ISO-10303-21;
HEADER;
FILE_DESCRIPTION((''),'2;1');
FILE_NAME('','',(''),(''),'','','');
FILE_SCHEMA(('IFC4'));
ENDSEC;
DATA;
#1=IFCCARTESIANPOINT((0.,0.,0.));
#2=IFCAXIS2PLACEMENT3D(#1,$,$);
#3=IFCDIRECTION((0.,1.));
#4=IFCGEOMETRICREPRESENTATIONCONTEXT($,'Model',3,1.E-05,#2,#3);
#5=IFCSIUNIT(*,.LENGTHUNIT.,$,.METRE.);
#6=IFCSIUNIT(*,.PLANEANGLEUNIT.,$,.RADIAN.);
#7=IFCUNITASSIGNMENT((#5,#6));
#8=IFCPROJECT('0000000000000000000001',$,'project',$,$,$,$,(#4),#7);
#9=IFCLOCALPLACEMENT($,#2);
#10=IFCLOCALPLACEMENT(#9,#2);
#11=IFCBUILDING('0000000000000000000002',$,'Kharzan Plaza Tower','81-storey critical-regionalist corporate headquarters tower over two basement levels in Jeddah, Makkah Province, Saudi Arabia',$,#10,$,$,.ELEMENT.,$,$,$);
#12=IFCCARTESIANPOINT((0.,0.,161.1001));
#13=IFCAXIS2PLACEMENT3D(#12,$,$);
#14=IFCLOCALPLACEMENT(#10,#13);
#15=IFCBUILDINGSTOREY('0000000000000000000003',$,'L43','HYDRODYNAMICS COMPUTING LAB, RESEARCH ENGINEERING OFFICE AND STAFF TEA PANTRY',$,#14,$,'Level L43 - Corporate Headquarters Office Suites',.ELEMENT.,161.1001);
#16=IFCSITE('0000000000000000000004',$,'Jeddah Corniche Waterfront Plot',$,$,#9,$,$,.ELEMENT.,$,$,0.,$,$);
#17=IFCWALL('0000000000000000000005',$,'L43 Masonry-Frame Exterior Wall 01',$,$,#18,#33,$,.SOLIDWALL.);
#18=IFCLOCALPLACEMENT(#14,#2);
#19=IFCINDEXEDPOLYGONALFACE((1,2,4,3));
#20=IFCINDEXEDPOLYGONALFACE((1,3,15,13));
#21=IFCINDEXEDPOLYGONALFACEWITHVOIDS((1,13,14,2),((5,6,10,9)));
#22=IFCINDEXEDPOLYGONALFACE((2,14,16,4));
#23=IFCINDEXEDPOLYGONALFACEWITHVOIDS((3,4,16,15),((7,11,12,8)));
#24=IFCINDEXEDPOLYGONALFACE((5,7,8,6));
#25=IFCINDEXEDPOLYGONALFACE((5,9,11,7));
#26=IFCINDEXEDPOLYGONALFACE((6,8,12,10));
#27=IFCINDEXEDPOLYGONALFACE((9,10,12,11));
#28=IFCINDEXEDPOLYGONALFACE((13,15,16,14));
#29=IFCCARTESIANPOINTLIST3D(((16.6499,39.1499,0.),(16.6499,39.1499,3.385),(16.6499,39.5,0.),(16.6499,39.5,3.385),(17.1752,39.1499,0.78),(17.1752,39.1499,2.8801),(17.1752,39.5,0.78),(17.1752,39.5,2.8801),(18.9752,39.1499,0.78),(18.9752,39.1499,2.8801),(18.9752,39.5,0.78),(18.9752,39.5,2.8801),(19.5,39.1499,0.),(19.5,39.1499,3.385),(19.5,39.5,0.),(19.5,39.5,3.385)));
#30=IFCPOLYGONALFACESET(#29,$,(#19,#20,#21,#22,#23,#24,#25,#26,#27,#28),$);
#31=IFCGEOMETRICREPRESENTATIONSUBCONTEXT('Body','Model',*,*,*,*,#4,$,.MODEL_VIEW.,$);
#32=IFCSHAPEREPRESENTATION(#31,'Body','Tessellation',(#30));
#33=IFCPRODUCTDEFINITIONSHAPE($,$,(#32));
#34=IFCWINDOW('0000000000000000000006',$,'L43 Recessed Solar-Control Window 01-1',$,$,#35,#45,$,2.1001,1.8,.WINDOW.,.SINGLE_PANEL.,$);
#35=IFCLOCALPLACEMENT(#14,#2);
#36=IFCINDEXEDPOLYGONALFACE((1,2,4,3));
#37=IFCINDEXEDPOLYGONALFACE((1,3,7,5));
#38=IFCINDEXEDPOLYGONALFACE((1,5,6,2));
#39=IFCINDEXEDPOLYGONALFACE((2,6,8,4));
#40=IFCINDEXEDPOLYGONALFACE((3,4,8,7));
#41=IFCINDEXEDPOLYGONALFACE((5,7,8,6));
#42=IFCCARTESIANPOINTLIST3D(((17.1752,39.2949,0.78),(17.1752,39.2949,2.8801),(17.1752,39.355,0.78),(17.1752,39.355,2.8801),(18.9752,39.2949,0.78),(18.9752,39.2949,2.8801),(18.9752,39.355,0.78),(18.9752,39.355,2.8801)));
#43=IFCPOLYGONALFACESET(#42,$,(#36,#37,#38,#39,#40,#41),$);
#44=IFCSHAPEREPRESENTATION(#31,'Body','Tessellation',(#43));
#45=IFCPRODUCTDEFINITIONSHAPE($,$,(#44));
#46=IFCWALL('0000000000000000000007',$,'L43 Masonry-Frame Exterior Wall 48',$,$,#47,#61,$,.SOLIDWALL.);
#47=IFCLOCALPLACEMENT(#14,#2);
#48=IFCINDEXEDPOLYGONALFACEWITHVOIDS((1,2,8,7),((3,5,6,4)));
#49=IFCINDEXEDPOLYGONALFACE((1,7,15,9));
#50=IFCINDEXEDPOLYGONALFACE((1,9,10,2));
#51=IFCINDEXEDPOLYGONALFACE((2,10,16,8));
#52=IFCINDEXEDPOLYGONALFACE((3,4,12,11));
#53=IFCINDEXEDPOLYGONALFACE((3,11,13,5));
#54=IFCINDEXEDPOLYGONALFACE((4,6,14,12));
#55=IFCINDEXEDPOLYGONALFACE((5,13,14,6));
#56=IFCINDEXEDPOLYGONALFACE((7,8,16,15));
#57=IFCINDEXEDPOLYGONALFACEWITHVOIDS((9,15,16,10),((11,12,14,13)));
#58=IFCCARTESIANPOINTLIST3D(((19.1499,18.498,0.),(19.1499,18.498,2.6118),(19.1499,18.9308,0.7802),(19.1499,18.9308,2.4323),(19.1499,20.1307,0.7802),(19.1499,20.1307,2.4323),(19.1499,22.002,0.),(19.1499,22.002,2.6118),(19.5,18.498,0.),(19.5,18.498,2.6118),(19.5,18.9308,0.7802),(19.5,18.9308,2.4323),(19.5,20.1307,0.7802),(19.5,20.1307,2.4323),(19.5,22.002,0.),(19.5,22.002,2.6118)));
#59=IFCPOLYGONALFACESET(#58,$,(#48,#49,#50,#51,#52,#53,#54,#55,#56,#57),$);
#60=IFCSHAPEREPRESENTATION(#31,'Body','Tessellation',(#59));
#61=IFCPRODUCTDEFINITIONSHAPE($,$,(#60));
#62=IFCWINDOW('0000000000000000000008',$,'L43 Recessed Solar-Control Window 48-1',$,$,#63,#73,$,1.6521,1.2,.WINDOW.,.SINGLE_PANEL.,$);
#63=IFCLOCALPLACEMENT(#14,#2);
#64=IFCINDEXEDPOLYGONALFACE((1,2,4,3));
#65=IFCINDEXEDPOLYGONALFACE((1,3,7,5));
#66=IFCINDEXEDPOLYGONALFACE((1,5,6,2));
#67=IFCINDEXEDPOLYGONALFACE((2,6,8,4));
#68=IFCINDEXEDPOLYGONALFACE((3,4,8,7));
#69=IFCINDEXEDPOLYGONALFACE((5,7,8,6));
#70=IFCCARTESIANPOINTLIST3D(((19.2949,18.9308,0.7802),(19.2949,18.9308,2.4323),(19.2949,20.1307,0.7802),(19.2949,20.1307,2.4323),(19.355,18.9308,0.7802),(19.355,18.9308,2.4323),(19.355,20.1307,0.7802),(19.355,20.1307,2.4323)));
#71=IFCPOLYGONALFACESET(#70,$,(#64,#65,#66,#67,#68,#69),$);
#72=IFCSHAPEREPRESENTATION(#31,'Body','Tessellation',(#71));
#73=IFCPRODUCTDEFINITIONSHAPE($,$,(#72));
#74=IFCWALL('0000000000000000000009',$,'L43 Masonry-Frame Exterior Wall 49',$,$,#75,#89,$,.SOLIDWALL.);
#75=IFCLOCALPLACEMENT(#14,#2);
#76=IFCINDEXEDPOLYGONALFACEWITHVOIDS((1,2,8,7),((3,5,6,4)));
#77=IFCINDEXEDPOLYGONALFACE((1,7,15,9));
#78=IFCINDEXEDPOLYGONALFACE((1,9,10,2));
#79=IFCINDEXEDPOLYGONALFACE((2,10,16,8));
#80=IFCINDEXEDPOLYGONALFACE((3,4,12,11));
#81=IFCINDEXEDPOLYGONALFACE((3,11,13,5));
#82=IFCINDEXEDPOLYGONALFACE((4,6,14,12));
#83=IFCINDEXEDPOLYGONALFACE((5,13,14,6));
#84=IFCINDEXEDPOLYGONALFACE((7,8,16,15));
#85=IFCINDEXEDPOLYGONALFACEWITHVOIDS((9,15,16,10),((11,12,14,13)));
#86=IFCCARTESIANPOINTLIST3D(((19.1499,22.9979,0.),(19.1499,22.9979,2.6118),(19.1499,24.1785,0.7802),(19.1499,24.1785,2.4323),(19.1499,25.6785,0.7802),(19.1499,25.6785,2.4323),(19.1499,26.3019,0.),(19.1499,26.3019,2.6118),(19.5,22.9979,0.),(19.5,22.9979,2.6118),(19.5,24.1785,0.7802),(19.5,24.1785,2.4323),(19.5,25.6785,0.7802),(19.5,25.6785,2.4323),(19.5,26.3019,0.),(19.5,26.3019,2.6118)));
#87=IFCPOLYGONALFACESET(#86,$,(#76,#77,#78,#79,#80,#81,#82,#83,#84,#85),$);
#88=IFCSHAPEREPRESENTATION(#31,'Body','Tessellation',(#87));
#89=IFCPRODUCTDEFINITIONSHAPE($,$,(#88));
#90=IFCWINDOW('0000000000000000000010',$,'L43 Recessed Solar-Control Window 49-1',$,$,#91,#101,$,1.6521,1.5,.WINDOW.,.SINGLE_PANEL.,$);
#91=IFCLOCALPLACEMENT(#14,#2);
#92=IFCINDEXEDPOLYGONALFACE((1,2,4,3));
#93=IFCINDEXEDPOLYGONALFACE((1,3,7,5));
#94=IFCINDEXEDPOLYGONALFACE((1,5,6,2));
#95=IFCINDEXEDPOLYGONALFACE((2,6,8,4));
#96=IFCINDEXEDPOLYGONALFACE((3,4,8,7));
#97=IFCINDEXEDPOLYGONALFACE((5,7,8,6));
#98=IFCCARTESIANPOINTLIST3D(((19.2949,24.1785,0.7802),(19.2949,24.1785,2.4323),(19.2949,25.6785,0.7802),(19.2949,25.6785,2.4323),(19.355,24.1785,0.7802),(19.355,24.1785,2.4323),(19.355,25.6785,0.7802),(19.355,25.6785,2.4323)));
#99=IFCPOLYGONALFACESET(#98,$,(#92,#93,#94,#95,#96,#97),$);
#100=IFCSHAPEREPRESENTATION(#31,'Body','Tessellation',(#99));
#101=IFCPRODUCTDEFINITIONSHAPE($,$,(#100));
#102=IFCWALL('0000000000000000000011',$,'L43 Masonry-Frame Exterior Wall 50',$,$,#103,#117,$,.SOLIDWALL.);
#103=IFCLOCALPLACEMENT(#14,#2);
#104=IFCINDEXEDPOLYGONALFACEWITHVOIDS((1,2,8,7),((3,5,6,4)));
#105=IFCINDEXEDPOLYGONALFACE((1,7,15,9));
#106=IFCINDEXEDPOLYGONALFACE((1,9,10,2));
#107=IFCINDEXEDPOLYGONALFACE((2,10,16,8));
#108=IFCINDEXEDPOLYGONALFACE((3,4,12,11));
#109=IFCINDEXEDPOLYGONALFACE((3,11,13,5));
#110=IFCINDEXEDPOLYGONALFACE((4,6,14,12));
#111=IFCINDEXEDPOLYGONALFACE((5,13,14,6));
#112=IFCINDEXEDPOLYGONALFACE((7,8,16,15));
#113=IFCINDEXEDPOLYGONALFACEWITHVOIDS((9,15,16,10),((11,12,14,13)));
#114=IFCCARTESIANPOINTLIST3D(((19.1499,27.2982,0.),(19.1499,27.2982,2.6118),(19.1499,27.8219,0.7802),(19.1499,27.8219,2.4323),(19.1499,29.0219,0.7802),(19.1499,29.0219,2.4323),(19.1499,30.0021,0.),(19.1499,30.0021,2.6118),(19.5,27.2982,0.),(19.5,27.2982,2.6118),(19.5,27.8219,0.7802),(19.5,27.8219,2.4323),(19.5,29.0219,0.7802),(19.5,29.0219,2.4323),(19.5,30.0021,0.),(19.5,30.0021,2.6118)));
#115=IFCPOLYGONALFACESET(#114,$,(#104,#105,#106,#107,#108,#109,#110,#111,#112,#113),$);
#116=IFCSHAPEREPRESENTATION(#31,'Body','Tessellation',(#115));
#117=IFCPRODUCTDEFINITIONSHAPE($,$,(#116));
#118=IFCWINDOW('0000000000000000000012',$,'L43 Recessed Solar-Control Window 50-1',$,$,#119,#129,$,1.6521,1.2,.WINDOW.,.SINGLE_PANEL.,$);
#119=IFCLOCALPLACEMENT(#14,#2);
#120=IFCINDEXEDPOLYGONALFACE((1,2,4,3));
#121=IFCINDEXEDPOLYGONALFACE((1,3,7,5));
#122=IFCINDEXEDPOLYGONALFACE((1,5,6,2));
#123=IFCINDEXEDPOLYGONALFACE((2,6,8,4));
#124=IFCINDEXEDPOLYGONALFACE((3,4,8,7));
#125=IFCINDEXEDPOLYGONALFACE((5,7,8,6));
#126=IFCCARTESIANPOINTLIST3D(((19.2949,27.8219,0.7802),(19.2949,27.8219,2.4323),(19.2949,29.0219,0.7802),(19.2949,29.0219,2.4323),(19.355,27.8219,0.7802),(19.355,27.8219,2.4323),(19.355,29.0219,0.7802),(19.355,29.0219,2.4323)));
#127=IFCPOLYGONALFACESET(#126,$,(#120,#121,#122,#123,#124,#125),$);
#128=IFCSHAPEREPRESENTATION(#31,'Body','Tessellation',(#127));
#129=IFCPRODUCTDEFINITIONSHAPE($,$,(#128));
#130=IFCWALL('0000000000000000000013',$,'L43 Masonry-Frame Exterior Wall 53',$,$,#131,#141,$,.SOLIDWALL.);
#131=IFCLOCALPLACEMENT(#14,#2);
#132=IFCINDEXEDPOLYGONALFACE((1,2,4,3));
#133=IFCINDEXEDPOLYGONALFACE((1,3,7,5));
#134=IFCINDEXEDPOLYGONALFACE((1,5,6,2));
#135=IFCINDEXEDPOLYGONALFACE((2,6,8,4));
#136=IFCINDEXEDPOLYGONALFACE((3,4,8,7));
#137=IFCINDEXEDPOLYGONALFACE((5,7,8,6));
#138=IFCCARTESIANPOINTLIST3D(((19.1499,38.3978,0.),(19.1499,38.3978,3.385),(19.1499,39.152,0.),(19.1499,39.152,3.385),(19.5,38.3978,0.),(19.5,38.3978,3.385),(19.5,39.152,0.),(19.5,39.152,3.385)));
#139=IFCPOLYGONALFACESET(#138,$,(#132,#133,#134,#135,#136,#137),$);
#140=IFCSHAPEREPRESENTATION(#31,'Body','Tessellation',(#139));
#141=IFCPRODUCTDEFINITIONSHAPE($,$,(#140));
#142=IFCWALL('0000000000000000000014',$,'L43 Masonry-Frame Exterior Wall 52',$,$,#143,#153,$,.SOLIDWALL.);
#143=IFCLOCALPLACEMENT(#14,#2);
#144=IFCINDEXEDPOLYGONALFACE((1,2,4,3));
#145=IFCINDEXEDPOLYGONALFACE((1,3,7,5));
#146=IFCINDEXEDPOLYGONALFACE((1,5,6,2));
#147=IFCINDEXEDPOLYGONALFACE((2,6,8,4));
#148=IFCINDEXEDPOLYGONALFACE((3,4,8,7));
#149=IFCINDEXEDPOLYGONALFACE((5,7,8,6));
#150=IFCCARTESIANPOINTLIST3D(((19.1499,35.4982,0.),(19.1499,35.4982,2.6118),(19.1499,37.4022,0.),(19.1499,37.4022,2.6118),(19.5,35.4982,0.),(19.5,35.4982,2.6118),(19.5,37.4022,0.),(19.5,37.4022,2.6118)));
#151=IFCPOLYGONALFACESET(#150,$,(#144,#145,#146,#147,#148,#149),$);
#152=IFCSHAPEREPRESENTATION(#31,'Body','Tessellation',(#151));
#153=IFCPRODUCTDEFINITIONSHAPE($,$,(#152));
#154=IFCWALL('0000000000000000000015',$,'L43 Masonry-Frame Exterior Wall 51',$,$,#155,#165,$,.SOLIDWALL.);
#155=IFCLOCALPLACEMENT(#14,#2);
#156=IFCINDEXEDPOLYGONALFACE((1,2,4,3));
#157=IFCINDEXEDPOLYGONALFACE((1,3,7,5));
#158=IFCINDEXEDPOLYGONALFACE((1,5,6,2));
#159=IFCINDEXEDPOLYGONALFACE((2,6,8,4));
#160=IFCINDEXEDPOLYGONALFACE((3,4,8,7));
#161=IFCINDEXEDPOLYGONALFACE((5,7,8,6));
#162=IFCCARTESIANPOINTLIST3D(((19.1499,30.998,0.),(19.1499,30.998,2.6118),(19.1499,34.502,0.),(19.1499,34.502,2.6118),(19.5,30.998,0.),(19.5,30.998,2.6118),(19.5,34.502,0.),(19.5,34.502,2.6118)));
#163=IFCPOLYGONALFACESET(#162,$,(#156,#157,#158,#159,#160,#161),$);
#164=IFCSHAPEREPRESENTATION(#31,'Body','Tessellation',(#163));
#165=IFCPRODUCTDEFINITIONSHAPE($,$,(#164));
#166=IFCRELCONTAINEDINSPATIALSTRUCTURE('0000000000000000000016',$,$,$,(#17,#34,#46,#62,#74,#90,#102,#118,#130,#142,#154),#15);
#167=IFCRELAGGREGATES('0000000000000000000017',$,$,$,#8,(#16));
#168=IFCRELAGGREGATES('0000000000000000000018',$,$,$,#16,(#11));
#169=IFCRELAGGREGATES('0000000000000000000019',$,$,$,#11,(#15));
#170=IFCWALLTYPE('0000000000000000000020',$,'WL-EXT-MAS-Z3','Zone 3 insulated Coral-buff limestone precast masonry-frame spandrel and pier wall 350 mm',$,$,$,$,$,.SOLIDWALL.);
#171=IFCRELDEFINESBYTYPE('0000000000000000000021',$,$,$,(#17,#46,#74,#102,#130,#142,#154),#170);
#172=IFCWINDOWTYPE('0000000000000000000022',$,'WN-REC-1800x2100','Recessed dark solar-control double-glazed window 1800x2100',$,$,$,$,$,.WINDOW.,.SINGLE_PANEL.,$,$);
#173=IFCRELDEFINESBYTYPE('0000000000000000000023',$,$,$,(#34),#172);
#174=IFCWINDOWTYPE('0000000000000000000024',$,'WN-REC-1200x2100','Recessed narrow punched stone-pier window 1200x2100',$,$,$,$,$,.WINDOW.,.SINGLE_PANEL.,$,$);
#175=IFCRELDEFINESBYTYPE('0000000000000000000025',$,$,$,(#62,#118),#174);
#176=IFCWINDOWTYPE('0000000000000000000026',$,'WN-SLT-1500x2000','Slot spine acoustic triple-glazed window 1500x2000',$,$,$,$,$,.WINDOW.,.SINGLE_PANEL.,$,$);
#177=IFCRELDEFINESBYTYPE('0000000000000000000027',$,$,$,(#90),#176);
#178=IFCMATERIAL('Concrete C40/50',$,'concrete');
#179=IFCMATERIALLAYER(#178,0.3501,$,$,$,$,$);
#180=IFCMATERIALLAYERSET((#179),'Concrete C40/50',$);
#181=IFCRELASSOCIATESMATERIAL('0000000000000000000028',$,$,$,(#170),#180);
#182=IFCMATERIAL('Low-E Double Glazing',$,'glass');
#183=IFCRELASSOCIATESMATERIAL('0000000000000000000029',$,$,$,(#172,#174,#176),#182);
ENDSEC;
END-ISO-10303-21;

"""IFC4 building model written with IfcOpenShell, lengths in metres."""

from ifc_helpers import new_model, si_unit, direction, frame, frame_2d, origin, place, context, subcontext, project, spatial, rectangle, extrude, source, transform, mapped, material, layer, layer_set, type_object, element, fill, save


model = new_model("IFC4")

# Units and contexts
model_context = context("Model", 3, precision=1e-05, world=origin(), true_north=direction((0.0, 1.0)))
body_context = subcontext(model_context, "Body", "Model", "MODEL_VIEW")
ifc_project = project(units=[si_unit("LENGTHUNIT", "METRE"), si_unit("PLANEANGLEUNIT", "RADIAN")], contexts=[model_context])

# Site, building, storey
site_placement = place(None, origin())
site = spatial("IfcSite", under=ifc_project, at=site_placement, Name="Jeddah Corniche Waterfront Plot", CompositionType="ELEMENT", RefElevation=0.0)
building_placement = place(site_placement, origin())
building = spatial("IfcBuilding", under=site, at=building_placement, Name="Kharzan Plaza Tower", Description="81-storey critical-regionalist corporate headquarters tower over two basement levels in Jeddah, Makkah Province, Saudi Arabia", CompositionType="ELEMENT")
storey_placement = place(building_placement, frame((0.0, 0.0, 161.1001)))
storey = spatial("IfcBuildingStorey", under=building, at=storey_placement, Name="L43", Description="HYDRODYNAMICS COMPUTING LAB, RESEARCH ENGINEERING OFFICE AND STAFF TEA PANTRY", LongName="Level L43 - Corporate Headquarters Office Suites", CompositionType="ELEMENT", Elevation=161.1001)

# Walls, openings, windows
ifc_material_1 = material(Name="Concrete C40/50", Category="concrete")
ifc_layer_1 = layer(ifc_material_1, 0.3501)
ifc_layer_set_1 = layer_set([ifc_layer_1], Name="Concrete C40/50")
wall_type_1 = type_object("IfcWallType", Name="WL-EXT-MAS-Z3", Description="Zone 3 insulated Coral-buff limestone precast masonry-frame spandrel and pier wall 350 mm", PredefinedType="SOLIDWALL", material=ifc_layer_set_1)
wall_1_placement = place(storey_placement, frame((19.5, 39.325, 0.0), z_axis=(0.0, 0.0, 1.0), x_axis=(-1.0, 0.0, 0.0)))
wall_1 = element("IfcWall", 1, at=wall_1_placement, inside=storey, type_object=wall_type_1, Name="L43 Masonry-Frame Exterior Wall 01", PredefinedType="SOLIDWALL", context=body_context, shape_type="SweptSolid", body=[
    extrude(rectangle(XDim=2.8501, YDim=0.3501, at=frame_2d((1.425, 0.0))), origin(), (0.0, 0.0, 1.0), 3.385),
])
opening_1_placement = place(wall_1_placement, frame((0.5249, 0.0, 0.78)))
opening_1 = element("IfcOpeningElement", 2, at=opening_1_placement, cuts=wall_1, PredefinedType="OPENING", context=body_context, shape_type="SweptSolid", body=[
    extrude(rectangle(XDim=1.8, YDim=2.1001, at=frame_2d((0.8999, 1.05))), frame((0.0, 0.1851, 0.0), z_axis=(0.0, -1.0, 0.0), x_axis=(1.0, 0.0, 0.0)), (0.0, 0.0, 1.0), 0.3701),
])
ifc_material_2 = material(Name="Low-E Double Glazing", Category="glass")
window_type_1 = type_object("IfcWindowType", Name="WN-REC-1800x2100", Description="Recessed dark solar-control double-glazed window 1800x2100", PartitioningType="SINGLE_PANEL", PredefinedType="WINDOW", material=ifc_material_2)
shared_shape_1 = source(origin(), body_context, "Body", "SweptSolid", [
    extrude(rectangle(XDim=1.8, YDim=2.1001, at=frame_2d((0.8999, 1.05))), frame((0.0, 0.03, 0.0), z_axis=(0.0, -1.0, 0.0), x_axis=(1.0, 0.0, 0.0)), (0.0, 0.0, 1.0), 0.0601),
])
window_1_placement = place(opening_1_placement, origin())
window_1 = element("IfcWindow", 3, at=window_1_placement, inside=storey, type_object=window_type_1, Name="L43 Recessed Solar-Control Window 01-1", OverallHeight=2.1001, OverallWidth=1.8, PartitioningType="SINGLE_PANEL", PredefinedType="WINDOW", context=body_context, shape_type="MappedRepresentation", body=[
    mapped(shared_shape_1, transform((0.0, 0.0, 0.0), x_axis=(1.0, 0.0, 0.0), y_axis=(0.0, 1.0, 0.0), z_axis=(0.0, 0.0, 1.0))),
])
fill(opening_1, window_1)
wall_2_placement = place(storey_placement, frame((19.325, 18.498, 0.0), z_axis=(0.0, 0.0, 1.0), x_axis=(0.0, 1.0, 0.0)))
wall_2 = element("IfcWall", 4, at=wall_2_placement, inside=storey, type_object=wall_type_1, Name="L43 Masonry-Frame Exterior Wall 48", PredefinedType="SOLIDWALL", context=body_context, shape_type="SweptSolid", body=[
    extrude(rectangle(XDim=3.5039, YDim=0.3501, at=frame_2d((1.752, 0.0))), origin(), (0.0, 0.0, 1.0), 2.6118),
])
opening_2_placement = place(wall_2_placement, frame((0.4326, 0.0, 0.78)))
opening_2 = element("IfcOpeningElement", 5, at=opening_2_placement, cuts=wall_2, PredefinedType="OPENING", context=body_context, shape_type="SweptSolid", body=[
    extrude(rectangle(XDim=1.2, YDim=1.6521, at=frame_2d((0.6001, 0.8262))), frame((0.0, 0.1851, 0.0), z_axis=(0.0, -1.0, 0.0), x_axis=(1.0, 0.0, 0.0)), (0.0, 0.0, 1.0), 0.3701),
])
window_type_2 = type_object("IfcWindowType", Name="WN-REC-1200x2100", Description="Recessed narrow punched stone-pier window 1200x2100", PartitioningType="SINGLE_PANEL", PredefinedType="WINDOW", material=ifc_material_2)
shared_shape_2 = source(origin(), body_context, "Body", "SweptSolid", [
    extrude(rectangle(XDim=1.2, YDim=1.6521, at=frame_2d((0.6001, 0.8262))), frame((0.0, 0.03, 0.0), z_axis=(0.0, -1.0, 0.0), x_axis=(1.0, 0.0, 0.0)), (0.0, 0.0, 1.0), 0.0601),
])
window_2_placement = place(opening_2_placement, origin())
window_2 = element("IfcWindow", 6, at=window_2_placement, inside=storey, type_object=window_type_2, Name="L43 Recessed Solar-Control Window 48-1", OverallHeight=1.6521, OverallWidth=1.2, PartitioningType="SINGLE_PANEL", PredefinedType="WINDOW", context=body_context, shape_type="MappedRepresentation", body=[
    mapped(shared_shape_2, transform((0.0, 0.0, 0.0), x_axis=(1.0, 0.0, 0.0), y_axis=(0.0, 1.0, 0.0), z_axis=(0.0, 0.0, 1.0))),
])
fill(opening_2, window_2)
wall_3_placement = place(storey_placement, frame((19.325, 22.998, 0.0), z_axis=(0.0, 0.0, 1.0), x_axis=(0.0, 1.0, 0.0)))
wall_3 = element("IfcWall", 7, at=wall_3_placement, inside=storey, type_object=wall_type_1, Name="L43 Masonry-Frame Exterior Wall 49", PredefinedType="SOLIDWALL", context=body_context, shape_type="SweptSolid", body=[
    extrude(rectangle(XDim=3.304, YDim=0.3501, at=frame_2d((1.6519, 0.0))), origin(), (0.0, 0.0, 1.0), 2.6118),
])
opening_3_placement = place(wall_3_placement, frame((1.1804, 0.0, 0.78)))
opening_3 = element("IfcOpeningElement", 8, at=opening_3_placement, cuts=wall_3, PredefinedType="OPENING", context=body_context, shape_type="SweptSolid", body=[
    extrude(rectangle(XDim=1.5, YDim=1.6521, at=frame_2d((0.75, 0.8262))), frame((0.0, 0.1851, 0.0), z_axis=(0.0, -1.0, 0.0), x_axis=(1.0, 0.0, 0.0)), (0.0, 0.0, 1.0), 0.3701),
])
window_type_3 = type_object("IfcWindowType", Name="WN-SLT-1500x2000", Description="Slot spine acoustic triple-glazed window 1500x2000", PartitioningType="SINGLE_PANEL", PredefinedType="WINDOW", material=ifc_material_2)
shared_shape_3 = source(origin(), body_context, "Body", "SweptSolid", [
    extrude(rectangle(XDim=1.5, YDim=1.6521, at=frame_2d((0.75, 0.8262))), frame((0.0, 0.03, 0.0), z_axis=(0.0, -1.0, 0.0), x_axis=(1.0, 0.0, 0.0)), (0.0, 0.0, 1.0), 0.0601),
])
window_3_placement = place(opening_3_placement, origin())
window_3 = element("IfcWindow", 9, at=window_3_placement, inside=storey, type_object=window_type_3, Name="L43 Recessed Solar-Control Window 49-1", OverallHeight=1.6521, OverallWidth=1.5, PartitioningType="SINGLE_PANEL", PredefinedType="WINDOW", context=body_context, shape_type="MappedRepresentation", body=[
    mapped(shared_shape_3, transform((0.0, 0.0, 0.0), x_axis=(1.0, 0.0, 0.0), y_axis=(0.0, 1.0, 0.0), z_axis=(0.0, 0.0, 1.0))),
])
fill(opening_3, window_3)
wall_4_placement = place(storey_placement, frame((19.325, 27.2981, 0.0), z_axis=(0.0, 0.0, 1.0), x_axis=(0.0, 1.0, 0.0)))
wall_4 = element("IfcWall", 10, at=wall_4_placement, inside=storey, type_object=wall_type_1, Name="L43 Masonry-Frame Exterior Wall 50", PredefinedType="SOLIDWALL", context=body_context, shape_type="SweptSolid", body=[
    extrude(rectangle(XDim=2.7039, YDim=0.3501, at=frame_2d((1.3521, 0.0))), origin(), (0.0, 0.0, 1.0), 2.6118),
])
opening_4_placement = place(wall_4_placement, frame((0.5237, 0.0, 0.78)))
opening_4 = element("IfcOpeningElement", 11, at=opening_4_placement, cuts=wall_4, PredefinedType="OPENING", context=body_context, shape_type="SweptSolid", body=[
    extrude(rectangle(XDim=1.2, YDim=1.6521, at=frame_2d((0.6001, 0.8262))), frame((0.0, 0.1851, 0.0), z_axis=(0.0, -1.0, 0.0), x_axis=(1.0, 0.0, 0.0)), (0.0, 0.0, 1.0), 0.3701),
])
window_4_placement = place(opening_4_placement, origin())
window_4 = element("IfcWindow", 12, at=window_4_placement, inside=storey, type_object=window_type_2, Name="L43 Recessed Solar-Control Window 50-1", OverallHeight=1.6521, OverallWidth=1.2, PartitioningType="SINGLE_PANEL", PredefinedType="WINDOW", context=body_context, shape_type="MappedRepresentation", body=[
    mapped(shared_shape_2, transform((0.0, 0.0, 0.0), x_axis=(1.0, 0.0, 0.0), y_axis=(0.0, 1.0, 0.0), z_axis=(0.0, 0.0, 1.0))),
])
fill(opening_4, window_4)

# Walls
shared_shape_4 = source(origin(), body_context, "Body", "SweptSolid", [
    extrude(rectangle(XDim=0.7542, YDim=0.3501, at=frame_2d((0.377, 0.0))), origin(), (0.0, 0.0, 1.0), 3.385),
])
wall_5_placement = place(storey_placement, frame((19.325, 38.3979, 0.0), z_axis=(0.0, 0.0, 1.0), x_axis=(0.0, 1.0, 0.0)))
element("IfcWall", 13, at=wall_5_placement, inside=storey, type_object=wall_type_1, Name="L43 Masonry-Frame Exterior Wall 53", PredefinedType="SOLIDWALL", context=body_context, shape_type="MappedRepresentation", body=[
    mapped(shared_shape_4, transform((0.0, 0.0, 0.0), x_axis=(1.0, 0.0, 0.0), y_axis=(0.0, 1.0, 0.0), z_axis=(0.0, 0.0, 1.0))),
])
shared_shape_5 = source(origin(), body_context, "Body", "SweptSolid", [
    extrude(rectangle(XDim=1.9041, YDim=0.3501, at=frame_2d((0.9521, 0.0))), origin(), (0.0, 0.0, 1.0), 2.6118),
])
wall_6_placement = place(storey_placement, frame((19.325, 35.498, 0.0), z_axis=(0.0, 0.0, 1.0), x_axis=(0.0, 1.0, 0.0)))
element("IfcWall", 14, at=wall_6_placement, inside=storey, type_object=wall_type_1, Name="L43 Masonry-Frame Exterior Wall 52", PredefinedType="SOLIDWALL", context=body_context, shape_type="MappedRepresentation", body=[
    mapped(shared_shape_5, transform((0.0, 0.0, 0.0), x_axis=(1.0, 0.0, 0.0), y_axis=(0.0, 1.0, 0.0), z_axis=(0.0, 0.0, 1.0))),
])
shared_shape_6 = source(origin(), body_context, "Body", "SweptSolid", [
    extrude(rectangle(XDim=3.5039, YDim=0.3501, at=frame_2d((1.752, 0.0))), origin(), (0.0, 0.0, 1.0), 2.6118),
])
wall_7_placement = place(storey_placement, frame((19.325, 30.998, 0.0), z_axis=(0.0, 0.0, 1.0), x_axis=(0.0, 1.0, 0.0)))
element("IfcWall", 15, at=wall_7_placement, inside=storey, type_object=wall_type_1, Name="L43 Masonry-Frame Exterior Wall 51", PredefinedType="SOLIDWALL", context=body_context, shape_type="MappedRepresentation", body=[
    mapped(shared_shape_6, transform((0.0, 0.0, 0.0), x_axis=(1.0, 0.0, 0.0), y_axis=(0.0, 1.0, 0.0), z_axis=(0.0, 0.0, 1.0))),
])

save(model, "model.ifc")
